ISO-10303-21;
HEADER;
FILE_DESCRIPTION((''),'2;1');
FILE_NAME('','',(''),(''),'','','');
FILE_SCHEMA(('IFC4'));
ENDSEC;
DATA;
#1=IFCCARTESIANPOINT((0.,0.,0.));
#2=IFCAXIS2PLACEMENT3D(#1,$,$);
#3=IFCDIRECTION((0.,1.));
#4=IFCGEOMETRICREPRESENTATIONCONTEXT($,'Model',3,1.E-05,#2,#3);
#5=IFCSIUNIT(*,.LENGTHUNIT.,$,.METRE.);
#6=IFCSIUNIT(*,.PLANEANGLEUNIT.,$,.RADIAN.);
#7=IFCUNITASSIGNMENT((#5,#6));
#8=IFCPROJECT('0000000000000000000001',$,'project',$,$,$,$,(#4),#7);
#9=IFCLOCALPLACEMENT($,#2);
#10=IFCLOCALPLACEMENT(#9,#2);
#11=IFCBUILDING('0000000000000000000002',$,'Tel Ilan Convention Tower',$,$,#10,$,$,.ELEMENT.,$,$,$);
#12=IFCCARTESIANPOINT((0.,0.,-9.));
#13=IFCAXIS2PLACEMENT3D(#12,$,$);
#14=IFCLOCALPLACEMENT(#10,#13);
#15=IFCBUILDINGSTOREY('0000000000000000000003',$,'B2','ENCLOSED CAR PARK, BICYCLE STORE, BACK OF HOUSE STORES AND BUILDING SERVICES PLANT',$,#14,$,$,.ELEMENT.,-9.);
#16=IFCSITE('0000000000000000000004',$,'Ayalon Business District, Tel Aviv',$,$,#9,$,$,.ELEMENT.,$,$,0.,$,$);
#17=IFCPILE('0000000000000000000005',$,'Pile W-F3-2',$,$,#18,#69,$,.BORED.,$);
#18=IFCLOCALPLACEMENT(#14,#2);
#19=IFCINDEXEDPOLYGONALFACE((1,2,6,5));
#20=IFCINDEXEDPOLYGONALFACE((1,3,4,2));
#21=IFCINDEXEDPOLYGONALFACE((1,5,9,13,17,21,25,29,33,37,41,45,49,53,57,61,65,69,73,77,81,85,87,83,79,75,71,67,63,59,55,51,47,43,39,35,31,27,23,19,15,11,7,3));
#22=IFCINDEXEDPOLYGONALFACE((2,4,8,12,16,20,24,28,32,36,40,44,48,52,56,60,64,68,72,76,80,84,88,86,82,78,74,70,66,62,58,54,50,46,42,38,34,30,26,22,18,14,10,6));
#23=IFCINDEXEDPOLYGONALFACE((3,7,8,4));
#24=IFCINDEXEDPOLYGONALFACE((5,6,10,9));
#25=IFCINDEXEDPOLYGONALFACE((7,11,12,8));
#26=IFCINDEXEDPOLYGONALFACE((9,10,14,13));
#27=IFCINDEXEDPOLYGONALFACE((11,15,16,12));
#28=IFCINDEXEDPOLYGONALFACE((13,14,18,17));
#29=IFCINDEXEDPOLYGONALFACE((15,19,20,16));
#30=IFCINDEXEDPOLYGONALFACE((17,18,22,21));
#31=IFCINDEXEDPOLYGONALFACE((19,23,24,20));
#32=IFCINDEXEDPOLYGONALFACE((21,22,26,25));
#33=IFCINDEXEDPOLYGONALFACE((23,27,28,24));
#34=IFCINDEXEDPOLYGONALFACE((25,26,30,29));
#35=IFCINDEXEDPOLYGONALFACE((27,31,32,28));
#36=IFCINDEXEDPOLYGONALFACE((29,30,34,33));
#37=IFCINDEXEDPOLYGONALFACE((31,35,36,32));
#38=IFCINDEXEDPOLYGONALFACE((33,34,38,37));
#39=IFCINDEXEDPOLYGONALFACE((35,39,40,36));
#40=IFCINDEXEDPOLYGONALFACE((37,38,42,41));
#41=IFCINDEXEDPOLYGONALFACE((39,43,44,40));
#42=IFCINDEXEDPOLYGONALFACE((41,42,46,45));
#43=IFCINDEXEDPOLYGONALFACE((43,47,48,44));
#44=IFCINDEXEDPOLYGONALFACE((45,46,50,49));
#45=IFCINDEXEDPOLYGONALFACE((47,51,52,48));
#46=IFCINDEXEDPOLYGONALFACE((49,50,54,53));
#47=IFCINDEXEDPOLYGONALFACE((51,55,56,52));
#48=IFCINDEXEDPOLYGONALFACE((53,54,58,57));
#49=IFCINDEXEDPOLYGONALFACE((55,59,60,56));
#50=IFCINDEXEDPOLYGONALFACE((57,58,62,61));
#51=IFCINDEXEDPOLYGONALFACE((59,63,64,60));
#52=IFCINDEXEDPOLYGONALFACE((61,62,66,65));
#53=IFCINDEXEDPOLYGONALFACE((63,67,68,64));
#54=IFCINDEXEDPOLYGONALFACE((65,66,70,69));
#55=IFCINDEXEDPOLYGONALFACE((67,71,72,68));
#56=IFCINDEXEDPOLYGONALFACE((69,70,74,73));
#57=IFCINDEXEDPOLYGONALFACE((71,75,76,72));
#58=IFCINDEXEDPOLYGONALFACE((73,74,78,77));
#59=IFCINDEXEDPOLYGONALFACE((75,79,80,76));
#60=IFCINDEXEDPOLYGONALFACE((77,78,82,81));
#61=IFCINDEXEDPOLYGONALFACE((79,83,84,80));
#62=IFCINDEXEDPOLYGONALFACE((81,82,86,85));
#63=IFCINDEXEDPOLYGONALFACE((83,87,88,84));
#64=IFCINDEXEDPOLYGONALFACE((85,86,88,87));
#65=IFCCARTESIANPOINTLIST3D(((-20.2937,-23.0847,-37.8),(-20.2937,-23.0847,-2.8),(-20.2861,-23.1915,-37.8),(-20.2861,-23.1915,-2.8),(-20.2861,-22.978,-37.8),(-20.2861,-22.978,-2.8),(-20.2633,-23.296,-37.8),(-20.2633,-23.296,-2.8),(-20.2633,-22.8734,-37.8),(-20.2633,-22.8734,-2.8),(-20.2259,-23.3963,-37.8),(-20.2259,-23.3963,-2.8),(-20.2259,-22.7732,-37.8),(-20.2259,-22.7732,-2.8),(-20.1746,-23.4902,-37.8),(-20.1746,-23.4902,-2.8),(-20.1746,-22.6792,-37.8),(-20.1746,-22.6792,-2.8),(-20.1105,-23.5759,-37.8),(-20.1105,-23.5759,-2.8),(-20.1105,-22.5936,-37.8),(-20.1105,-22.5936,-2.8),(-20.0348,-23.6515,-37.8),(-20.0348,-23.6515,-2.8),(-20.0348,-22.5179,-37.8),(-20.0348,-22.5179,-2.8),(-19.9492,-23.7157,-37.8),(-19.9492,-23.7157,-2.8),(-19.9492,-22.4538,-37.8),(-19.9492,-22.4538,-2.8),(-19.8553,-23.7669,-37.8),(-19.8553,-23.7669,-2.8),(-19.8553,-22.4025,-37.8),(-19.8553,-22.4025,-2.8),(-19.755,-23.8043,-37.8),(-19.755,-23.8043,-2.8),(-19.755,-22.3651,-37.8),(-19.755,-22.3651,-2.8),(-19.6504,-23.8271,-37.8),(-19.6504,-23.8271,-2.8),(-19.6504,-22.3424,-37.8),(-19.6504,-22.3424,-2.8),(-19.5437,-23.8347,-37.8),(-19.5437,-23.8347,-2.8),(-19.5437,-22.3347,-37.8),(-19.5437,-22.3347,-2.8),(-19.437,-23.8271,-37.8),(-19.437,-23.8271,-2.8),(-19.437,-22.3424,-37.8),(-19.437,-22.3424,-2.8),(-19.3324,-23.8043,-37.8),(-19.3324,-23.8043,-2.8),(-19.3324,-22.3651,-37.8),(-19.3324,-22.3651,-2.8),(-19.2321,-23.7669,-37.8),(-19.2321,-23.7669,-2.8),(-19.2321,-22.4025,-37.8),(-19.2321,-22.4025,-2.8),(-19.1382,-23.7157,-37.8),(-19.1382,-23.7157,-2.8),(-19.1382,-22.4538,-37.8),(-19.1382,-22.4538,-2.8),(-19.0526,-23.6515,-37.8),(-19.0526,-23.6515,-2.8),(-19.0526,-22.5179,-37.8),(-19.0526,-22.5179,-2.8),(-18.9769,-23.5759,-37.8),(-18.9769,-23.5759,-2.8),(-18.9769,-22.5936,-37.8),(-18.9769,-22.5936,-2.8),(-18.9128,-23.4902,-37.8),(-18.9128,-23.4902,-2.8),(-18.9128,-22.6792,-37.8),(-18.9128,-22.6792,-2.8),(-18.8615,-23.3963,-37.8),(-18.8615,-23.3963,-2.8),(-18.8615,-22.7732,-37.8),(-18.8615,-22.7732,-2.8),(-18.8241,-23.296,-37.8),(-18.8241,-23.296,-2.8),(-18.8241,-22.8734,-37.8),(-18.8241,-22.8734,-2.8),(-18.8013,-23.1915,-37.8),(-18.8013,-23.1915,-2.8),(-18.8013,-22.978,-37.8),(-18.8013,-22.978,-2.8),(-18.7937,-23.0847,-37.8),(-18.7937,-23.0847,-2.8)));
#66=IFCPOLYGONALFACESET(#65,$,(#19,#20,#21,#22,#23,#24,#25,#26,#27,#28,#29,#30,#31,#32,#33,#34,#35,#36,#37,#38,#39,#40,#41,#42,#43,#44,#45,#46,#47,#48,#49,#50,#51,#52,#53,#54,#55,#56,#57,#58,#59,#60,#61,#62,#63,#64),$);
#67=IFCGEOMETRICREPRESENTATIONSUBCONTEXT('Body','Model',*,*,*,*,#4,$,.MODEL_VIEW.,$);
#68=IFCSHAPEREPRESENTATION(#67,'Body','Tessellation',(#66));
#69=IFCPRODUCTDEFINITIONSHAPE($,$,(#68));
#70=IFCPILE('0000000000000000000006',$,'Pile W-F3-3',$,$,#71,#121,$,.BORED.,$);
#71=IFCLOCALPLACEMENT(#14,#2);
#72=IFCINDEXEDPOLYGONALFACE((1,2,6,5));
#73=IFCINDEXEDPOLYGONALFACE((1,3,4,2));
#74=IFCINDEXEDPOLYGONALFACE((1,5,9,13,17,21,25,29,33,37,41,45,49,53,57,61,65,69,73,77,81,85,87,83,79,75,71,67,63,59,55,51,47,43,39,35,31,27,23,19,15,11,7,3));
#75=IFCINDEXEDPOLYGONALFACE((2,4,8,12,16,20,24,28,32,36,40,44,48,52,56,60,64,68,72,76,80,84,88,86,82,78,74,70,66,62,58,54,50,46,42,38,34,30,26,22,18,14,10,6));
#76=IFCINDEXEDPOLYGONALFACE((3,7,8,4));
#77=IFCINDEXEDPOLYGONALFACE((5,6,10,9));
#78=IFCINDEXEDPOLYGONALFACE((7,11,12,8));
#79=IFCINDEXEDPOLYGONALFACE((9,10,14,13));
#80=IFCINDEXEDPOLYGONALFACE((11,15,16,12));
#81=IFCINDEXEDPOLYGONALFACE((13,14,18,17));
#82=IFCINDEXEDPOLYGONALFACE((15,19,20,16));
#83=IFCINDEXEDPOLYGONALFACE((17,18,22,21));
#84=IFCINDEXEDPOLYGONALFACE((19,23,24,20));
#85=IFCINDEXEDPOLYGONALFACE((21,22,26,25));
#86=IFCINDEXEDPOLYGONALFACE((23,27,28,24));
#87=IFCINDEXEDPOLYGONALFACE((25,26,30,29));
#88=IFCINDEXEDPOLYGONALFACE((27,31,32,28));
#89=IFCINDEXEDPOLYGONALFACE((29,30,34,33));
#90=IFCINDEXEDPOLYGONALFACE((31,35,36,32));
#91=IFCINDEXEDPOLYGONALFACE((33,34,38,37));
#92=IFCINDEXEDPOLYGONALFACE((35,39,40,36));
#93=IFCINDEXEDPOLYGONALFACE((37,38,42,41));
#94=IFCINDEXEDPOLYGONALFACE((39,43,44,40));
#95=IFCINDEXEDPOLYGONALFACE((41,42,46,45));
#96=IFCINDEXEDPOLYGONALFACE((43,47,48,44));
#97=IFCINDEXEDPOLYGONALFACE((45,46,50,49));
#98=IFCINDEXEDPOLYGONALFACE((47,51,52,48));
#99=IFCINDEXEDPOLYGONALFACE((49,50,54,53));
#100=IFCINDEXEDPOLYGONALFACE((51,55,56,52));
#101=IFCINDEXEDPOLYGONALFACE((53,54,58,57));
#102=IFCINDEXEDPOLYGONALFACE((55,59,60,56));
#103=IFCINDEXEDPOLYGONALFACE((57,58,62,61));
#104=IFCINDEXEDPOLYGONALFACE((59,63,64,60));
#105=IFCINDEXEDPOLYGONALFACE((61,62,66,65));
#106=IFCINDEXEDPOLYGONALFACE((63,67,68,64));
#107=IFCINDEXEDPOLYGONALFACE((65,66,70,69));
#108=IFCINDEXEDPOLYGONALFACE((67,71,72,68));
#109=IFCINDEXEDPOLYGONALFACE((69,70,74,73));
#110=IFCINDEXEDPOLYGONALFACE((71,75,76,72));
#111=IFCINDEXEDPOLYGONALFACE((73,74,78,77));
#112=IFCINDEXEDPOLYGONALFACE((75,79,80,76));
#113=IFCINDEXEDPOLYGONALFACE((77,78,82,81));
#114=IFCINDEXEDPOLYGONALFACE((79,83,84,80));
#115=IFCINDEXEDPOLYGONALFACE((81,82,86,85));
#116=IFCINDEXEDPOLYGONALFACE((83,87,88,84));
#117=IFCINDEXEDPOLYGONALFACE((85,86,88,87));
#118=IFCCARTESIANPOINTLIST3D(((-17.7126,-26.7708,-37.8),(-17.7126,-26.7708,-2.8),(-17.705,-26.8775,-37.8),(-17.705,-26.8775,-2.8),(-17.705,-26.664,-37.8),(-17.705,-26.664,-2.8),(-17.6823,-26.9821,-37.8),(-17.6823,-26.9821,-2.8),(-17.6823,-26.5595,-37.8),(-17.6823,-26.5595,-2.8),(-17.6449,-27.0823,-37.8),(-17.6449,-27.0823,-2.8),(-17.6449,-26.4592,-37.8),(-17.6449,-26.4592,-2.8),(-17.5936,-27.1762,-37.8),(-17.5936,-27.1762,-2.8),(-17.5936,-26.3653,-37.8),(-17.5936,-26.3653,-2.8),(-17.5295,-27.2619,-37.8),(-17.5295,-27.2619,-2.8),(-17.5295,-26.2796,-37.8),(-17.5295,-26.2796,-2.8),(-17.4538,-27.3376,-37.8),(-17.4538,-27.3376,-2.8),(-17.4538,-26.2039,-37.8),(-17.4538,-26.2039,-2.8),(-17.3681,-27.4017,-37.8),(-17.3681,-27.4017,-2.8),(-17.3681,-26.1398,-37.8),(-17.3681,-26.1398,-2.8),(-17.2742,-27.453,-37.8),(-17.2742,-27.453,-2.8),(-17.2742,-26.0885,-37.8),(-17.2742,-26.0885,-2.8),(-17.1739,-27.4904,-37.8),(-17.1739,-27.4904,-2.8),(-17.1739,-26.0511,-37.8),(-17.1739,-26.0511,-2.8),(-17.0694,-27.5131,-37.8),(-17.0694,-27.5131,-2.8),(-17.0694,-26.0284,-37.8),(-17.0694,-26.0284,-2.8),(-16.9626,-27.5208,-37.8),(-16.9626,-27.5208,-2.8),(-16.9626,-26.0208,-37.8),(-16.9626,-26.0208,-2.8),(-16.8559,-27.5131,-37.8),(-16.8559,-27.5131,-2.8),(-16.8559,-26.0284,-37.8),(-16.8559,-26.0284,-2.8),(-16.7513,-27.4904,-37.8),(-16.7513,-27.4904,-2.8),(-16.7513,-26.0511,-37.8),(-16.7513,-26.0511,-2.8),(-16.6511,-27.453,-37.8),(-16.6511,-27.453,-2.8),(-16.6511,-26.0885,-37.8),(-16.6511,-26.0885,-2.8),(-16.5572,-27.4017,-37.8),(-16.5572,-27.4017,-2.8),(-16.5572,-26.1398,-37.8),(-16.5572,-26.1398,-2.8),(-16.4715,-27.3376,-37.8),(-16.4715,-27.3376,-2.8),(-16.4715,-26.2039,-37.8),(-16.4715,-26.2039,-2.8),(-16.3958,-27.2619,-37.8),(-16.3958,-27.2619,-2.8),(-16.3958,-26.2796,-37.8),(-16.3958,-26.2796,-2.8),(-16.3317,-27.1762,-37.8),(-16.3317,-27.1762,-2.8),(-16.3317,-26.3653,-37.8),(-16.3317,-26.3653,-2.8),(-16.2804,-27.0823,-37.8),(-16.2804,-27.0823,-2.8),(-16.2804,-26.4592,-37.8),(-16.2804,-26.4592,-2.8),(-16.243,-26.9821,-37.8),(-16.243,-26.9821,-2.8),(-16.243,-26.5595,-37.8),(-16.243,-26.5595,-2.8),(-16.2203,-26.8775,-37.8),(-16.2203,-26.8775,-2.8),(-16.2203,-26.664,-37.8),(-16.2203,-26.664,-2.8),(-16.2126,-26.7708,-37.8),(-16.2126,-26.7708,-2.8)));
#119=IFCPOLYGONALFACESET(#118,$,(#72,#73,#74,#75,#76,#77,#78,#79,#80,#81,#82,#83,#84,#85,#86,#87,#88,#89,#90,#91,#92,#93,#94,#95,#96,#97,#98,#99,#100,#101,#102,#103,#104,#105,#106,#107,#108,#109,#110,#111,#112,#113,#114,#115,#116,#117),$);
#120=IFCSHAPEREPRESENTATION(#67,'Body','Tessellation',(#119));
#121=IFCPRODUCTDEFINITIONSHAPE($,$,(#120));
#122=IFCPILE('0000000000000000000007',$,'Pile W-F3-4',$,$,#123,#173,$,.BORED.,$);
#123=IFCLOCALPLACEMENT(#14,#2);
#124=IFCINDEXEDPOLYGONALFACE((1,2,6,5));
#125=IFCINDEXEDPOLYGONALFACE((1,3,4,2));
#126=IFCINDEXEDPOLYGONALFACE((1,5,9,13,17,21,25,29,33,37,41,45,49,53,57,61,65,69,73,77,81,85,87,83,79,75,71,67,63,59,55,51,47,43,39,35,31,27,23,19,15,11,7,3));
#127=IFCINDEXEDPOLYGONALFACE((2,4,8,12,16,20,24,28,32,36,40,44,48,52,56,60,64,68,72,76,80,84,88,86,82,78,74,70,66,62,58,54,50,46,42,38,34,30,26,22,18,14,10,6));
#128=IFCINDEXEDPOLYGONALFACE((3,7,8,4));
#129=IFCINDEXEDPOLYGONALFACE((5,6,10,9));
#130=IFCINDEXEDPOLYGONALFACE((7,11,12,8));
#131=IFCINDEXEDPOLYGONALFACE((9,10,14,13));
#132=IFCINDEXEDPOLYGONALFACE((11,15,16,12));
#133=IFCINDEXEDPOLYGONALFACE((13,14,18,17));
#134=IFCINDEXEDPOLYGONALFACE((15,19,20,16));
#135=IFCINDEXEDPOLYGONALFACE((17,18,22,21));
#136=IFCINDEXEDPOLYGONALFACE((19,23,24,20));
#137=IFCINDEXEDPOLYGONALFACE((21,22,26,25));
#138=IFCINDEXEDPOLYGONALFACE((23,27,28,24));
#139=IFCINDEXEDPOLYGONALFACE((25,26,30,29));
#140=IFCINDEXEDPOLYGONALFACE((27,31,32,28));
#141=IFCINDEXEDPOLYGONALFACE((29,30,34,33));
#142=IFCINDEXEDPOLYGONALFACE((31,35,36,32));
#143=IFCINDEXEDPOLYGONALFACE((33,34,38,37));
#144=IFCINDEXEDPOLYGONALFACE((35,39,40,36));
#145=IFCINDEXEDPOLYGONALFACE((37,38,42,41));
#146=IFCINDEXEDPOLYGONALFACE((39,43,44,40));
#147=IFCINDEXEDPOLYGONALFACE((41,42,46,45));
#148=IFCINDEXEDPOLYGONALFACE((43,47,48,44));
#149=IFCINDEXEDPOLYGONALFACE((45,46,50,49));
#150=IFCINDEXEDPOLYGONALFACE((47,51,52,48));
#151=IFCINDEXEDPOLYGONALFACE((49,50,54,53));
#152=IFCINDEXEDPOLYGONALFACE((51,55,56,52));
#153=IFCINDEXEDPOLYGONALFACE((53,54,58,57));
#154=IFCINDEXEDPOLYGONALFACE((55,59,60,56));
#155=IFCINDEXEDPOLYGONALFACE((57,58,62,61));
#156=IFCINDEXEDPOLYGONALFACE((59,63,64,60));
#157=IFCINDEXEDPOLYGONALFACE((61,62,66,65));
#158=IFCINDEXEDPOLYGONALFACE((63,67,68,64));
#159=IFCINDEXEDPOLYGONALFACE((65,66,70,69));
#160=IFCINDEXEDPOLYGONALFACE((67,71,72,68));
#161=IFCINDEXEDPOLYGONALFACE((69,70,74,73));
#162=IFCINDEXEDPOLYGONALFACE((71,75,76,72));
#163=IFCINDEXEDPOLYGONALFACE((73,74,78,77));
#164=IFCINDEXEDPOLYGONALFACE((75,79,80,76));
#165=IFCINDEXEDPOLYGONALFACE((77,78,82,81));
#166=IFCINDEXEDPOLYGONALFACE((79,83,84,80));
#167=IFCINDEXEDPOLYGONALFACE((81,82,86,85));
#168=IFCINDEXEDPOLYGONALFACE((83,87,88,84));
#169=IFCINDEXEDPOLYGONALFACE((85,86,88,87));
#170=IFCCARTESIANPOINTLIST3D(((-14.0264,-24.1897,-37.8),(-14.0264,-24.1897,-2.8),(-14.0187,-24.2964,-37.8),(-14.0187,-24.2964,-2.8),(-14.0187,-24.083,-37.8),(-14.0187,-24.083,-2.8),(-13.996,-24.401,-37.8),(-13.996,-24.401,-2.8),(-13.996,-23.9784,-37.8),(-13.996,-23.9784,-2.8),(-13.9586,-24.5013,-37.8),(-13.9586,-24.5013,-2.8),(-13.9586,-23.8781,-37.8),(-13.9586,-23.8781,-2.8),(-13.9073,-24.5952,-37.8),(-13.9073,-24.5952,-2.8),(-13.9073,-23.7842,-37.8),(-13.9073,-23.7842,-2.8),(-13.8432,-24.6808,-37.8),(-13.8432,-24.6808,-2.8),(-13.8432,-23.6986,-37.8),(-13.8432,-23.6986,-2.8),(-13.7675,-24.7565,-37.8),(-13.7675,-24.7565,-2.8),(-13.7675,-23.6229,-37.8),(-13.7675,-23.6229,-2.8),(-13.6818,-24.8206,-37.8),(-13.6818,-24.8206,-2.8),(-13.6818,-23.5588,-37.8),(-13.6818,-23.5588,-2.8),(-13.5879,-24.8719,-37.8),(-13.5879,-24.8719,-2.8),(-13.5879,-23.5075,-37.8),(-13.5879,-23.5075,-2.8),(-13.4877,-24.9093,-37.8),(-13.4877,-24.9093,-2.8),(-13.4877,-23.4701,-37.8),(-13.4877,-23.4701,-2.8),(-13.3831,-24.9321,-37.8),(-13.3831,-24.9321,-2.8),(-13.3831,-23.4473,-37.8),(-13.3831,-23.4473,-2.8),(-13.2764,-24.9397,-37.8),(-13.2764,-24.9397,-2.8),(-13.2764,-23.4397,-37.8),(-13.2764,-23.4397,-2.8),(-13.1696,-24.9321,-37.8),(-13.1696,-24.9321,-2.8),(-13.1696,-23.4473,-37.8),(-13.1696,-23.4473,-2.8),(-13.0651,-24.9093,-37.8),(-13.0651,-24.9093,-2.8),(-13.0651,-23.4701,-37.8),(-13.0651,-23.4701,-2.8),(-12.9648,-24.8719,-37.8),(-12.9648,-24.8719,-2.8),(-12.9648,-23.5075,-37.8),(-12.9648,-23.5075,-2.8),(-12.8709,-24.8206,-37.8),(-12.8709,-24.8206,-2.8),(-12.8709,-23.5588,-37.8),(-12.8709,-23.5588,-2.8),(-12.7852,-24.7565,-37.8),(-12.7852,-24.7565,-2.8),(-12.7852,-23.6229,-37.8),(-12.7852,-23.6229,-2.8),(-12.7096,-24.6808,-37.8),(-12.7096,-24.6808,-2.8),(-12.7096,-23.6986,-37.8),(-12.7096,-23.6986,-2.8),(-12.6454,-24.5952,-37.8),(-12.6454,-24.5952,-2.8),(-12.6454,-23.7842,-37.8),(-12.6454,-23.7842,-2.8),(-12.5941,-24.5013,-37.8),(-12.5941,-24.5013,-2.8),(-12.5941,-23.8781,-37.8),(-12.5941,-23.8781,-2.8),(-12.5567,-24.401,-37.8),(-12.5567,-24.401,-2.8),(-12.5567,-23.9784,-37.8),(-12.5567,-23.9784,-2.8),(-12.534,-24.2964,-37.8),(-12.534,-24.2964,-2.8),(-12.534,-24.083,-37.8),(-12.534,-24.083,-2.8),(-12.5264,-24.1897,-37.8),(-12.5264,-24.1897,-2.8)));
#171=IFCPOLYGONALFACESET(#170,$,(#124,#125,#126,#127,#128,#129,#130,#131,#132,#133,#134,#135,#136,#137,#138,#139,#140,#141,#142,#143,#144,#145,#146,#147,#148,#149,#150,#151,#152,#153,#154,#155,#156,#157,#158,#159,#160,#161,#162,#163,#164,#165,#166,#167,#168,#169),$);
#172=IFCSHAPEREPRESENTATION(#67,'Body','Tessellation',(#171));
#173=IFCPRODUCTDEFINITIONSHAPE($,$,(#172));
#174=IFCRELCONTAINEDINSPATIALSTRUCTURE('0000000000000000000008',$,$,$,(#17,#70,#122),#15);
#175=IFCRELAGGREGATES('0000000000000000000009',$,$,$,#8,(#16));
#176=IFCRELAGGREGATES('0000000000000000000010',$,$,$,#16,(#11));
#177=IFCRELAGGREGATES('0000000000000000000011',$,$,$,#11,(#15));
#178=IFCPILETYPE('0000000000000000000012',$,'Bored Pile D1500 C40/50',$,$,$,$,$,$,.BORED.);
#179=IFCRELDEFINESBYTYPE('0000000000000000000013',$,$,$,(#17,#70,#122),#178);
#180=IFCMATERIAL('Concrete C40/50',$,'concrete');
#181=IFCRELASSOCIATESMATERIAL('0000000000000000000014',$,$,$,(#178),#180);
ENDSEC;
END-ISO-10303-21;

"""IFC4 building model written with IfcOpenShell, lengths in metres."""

from ifc_helpers import new_model, si_unit, direction, frame, origin, origin_2d, place, context, subcontext, project, spatial, circle, extrude, material, material_profile, profile_set, type_object, element, save


model = new_model("IFC4")

# Units and contexts
model_context = context("Model", 3, precision=1e-05, world=origin(), true_north=direction((0.0, 1.0)))
body_context = subcontext(model_context, "Body", "Model", "MODEL_VIEW")
ifc_project = project(units=[si_unit("LENGTHUNIT", "METRE"), si_unit("PLANEANGLEUNIT", "RADIAN")], contexts=[model_context])

# Site, building, storey
site_placement = place(None, origin())
site = spatial("IfcSite", under=ifc_project, at=site_placement, Name="Ayalon Business District, Tel Aviv", CompositionType="ELEMENT", RefElevation=0.0)
building_placement = place(site_placement, origin())
building = spatial("IfcBuilding", under=site, at=building_placement, Name="Tel Ilan Convention Tower", CompositionType="ELEMENT")
storey_placement = place(building_placement, frame((0.0, 0.0, -9.0)))
storey = spatial("IfcBuildingStorey", under=building, at=storey_placement, Name="B2", Description="ENCLOSED CAR PARK, BICYCLE STORE, BACK OF HOUSE STORES AND BUILDING SERVICES PLANT", CompositionType="ELEMENT", Elevation=-9.0)

# Piles
ifc_material_1 = material(Name="Concrete C40/50", Category="concrete")
ifc_material_profile_1 = material_profile(ifc_material_1, circle(Radius=0.75, at=origin_2d()), Name="BORED D1500")
ifc_profile_set_1 = profile_set([ifc_material_profile_1], Name="Concrete C40/50")
pile_type_1 = type_object("IfcPileType", Name="Bored Pile D1500 C40/50", PredefinedType="BORED", material=ifc_profile_set_1)
for number, where, z_axis, x_axis, name in (
    (1, (-19.5437, -23.0847, -2.8), (0.0, 0.0, -1.0), (1.0, 0.0, 0.0), "Pile W-F3-2"),
    (2, (-16.9626, -26.7708, -2.8), (0.0, 0.0, -1.0), (1.0, 0.0, 0.0), "Pile W-F3-3"),
    (3, (-13.2764, -24.1897, -2.8), (0.0, 0.0, -1.0), (1.0, 0.0, 0.0), "Pile W-F3-4"),
):
    element("IfcPile", number, at=place(storey_placement, frame(where, z_axis=z_axis, x_axis=x_axis)), inside=storey, type_object=pile_type_1, Name=name, PredefinedType="BORED", context=body_context, shape_type="SweptSolid", body=[
        extrude(circle(Radius=0.75, at=origin_2d()), origin(), (0.0, 0.0, 1.0), 35.0),
    ])

save(model, "model.ifc")
